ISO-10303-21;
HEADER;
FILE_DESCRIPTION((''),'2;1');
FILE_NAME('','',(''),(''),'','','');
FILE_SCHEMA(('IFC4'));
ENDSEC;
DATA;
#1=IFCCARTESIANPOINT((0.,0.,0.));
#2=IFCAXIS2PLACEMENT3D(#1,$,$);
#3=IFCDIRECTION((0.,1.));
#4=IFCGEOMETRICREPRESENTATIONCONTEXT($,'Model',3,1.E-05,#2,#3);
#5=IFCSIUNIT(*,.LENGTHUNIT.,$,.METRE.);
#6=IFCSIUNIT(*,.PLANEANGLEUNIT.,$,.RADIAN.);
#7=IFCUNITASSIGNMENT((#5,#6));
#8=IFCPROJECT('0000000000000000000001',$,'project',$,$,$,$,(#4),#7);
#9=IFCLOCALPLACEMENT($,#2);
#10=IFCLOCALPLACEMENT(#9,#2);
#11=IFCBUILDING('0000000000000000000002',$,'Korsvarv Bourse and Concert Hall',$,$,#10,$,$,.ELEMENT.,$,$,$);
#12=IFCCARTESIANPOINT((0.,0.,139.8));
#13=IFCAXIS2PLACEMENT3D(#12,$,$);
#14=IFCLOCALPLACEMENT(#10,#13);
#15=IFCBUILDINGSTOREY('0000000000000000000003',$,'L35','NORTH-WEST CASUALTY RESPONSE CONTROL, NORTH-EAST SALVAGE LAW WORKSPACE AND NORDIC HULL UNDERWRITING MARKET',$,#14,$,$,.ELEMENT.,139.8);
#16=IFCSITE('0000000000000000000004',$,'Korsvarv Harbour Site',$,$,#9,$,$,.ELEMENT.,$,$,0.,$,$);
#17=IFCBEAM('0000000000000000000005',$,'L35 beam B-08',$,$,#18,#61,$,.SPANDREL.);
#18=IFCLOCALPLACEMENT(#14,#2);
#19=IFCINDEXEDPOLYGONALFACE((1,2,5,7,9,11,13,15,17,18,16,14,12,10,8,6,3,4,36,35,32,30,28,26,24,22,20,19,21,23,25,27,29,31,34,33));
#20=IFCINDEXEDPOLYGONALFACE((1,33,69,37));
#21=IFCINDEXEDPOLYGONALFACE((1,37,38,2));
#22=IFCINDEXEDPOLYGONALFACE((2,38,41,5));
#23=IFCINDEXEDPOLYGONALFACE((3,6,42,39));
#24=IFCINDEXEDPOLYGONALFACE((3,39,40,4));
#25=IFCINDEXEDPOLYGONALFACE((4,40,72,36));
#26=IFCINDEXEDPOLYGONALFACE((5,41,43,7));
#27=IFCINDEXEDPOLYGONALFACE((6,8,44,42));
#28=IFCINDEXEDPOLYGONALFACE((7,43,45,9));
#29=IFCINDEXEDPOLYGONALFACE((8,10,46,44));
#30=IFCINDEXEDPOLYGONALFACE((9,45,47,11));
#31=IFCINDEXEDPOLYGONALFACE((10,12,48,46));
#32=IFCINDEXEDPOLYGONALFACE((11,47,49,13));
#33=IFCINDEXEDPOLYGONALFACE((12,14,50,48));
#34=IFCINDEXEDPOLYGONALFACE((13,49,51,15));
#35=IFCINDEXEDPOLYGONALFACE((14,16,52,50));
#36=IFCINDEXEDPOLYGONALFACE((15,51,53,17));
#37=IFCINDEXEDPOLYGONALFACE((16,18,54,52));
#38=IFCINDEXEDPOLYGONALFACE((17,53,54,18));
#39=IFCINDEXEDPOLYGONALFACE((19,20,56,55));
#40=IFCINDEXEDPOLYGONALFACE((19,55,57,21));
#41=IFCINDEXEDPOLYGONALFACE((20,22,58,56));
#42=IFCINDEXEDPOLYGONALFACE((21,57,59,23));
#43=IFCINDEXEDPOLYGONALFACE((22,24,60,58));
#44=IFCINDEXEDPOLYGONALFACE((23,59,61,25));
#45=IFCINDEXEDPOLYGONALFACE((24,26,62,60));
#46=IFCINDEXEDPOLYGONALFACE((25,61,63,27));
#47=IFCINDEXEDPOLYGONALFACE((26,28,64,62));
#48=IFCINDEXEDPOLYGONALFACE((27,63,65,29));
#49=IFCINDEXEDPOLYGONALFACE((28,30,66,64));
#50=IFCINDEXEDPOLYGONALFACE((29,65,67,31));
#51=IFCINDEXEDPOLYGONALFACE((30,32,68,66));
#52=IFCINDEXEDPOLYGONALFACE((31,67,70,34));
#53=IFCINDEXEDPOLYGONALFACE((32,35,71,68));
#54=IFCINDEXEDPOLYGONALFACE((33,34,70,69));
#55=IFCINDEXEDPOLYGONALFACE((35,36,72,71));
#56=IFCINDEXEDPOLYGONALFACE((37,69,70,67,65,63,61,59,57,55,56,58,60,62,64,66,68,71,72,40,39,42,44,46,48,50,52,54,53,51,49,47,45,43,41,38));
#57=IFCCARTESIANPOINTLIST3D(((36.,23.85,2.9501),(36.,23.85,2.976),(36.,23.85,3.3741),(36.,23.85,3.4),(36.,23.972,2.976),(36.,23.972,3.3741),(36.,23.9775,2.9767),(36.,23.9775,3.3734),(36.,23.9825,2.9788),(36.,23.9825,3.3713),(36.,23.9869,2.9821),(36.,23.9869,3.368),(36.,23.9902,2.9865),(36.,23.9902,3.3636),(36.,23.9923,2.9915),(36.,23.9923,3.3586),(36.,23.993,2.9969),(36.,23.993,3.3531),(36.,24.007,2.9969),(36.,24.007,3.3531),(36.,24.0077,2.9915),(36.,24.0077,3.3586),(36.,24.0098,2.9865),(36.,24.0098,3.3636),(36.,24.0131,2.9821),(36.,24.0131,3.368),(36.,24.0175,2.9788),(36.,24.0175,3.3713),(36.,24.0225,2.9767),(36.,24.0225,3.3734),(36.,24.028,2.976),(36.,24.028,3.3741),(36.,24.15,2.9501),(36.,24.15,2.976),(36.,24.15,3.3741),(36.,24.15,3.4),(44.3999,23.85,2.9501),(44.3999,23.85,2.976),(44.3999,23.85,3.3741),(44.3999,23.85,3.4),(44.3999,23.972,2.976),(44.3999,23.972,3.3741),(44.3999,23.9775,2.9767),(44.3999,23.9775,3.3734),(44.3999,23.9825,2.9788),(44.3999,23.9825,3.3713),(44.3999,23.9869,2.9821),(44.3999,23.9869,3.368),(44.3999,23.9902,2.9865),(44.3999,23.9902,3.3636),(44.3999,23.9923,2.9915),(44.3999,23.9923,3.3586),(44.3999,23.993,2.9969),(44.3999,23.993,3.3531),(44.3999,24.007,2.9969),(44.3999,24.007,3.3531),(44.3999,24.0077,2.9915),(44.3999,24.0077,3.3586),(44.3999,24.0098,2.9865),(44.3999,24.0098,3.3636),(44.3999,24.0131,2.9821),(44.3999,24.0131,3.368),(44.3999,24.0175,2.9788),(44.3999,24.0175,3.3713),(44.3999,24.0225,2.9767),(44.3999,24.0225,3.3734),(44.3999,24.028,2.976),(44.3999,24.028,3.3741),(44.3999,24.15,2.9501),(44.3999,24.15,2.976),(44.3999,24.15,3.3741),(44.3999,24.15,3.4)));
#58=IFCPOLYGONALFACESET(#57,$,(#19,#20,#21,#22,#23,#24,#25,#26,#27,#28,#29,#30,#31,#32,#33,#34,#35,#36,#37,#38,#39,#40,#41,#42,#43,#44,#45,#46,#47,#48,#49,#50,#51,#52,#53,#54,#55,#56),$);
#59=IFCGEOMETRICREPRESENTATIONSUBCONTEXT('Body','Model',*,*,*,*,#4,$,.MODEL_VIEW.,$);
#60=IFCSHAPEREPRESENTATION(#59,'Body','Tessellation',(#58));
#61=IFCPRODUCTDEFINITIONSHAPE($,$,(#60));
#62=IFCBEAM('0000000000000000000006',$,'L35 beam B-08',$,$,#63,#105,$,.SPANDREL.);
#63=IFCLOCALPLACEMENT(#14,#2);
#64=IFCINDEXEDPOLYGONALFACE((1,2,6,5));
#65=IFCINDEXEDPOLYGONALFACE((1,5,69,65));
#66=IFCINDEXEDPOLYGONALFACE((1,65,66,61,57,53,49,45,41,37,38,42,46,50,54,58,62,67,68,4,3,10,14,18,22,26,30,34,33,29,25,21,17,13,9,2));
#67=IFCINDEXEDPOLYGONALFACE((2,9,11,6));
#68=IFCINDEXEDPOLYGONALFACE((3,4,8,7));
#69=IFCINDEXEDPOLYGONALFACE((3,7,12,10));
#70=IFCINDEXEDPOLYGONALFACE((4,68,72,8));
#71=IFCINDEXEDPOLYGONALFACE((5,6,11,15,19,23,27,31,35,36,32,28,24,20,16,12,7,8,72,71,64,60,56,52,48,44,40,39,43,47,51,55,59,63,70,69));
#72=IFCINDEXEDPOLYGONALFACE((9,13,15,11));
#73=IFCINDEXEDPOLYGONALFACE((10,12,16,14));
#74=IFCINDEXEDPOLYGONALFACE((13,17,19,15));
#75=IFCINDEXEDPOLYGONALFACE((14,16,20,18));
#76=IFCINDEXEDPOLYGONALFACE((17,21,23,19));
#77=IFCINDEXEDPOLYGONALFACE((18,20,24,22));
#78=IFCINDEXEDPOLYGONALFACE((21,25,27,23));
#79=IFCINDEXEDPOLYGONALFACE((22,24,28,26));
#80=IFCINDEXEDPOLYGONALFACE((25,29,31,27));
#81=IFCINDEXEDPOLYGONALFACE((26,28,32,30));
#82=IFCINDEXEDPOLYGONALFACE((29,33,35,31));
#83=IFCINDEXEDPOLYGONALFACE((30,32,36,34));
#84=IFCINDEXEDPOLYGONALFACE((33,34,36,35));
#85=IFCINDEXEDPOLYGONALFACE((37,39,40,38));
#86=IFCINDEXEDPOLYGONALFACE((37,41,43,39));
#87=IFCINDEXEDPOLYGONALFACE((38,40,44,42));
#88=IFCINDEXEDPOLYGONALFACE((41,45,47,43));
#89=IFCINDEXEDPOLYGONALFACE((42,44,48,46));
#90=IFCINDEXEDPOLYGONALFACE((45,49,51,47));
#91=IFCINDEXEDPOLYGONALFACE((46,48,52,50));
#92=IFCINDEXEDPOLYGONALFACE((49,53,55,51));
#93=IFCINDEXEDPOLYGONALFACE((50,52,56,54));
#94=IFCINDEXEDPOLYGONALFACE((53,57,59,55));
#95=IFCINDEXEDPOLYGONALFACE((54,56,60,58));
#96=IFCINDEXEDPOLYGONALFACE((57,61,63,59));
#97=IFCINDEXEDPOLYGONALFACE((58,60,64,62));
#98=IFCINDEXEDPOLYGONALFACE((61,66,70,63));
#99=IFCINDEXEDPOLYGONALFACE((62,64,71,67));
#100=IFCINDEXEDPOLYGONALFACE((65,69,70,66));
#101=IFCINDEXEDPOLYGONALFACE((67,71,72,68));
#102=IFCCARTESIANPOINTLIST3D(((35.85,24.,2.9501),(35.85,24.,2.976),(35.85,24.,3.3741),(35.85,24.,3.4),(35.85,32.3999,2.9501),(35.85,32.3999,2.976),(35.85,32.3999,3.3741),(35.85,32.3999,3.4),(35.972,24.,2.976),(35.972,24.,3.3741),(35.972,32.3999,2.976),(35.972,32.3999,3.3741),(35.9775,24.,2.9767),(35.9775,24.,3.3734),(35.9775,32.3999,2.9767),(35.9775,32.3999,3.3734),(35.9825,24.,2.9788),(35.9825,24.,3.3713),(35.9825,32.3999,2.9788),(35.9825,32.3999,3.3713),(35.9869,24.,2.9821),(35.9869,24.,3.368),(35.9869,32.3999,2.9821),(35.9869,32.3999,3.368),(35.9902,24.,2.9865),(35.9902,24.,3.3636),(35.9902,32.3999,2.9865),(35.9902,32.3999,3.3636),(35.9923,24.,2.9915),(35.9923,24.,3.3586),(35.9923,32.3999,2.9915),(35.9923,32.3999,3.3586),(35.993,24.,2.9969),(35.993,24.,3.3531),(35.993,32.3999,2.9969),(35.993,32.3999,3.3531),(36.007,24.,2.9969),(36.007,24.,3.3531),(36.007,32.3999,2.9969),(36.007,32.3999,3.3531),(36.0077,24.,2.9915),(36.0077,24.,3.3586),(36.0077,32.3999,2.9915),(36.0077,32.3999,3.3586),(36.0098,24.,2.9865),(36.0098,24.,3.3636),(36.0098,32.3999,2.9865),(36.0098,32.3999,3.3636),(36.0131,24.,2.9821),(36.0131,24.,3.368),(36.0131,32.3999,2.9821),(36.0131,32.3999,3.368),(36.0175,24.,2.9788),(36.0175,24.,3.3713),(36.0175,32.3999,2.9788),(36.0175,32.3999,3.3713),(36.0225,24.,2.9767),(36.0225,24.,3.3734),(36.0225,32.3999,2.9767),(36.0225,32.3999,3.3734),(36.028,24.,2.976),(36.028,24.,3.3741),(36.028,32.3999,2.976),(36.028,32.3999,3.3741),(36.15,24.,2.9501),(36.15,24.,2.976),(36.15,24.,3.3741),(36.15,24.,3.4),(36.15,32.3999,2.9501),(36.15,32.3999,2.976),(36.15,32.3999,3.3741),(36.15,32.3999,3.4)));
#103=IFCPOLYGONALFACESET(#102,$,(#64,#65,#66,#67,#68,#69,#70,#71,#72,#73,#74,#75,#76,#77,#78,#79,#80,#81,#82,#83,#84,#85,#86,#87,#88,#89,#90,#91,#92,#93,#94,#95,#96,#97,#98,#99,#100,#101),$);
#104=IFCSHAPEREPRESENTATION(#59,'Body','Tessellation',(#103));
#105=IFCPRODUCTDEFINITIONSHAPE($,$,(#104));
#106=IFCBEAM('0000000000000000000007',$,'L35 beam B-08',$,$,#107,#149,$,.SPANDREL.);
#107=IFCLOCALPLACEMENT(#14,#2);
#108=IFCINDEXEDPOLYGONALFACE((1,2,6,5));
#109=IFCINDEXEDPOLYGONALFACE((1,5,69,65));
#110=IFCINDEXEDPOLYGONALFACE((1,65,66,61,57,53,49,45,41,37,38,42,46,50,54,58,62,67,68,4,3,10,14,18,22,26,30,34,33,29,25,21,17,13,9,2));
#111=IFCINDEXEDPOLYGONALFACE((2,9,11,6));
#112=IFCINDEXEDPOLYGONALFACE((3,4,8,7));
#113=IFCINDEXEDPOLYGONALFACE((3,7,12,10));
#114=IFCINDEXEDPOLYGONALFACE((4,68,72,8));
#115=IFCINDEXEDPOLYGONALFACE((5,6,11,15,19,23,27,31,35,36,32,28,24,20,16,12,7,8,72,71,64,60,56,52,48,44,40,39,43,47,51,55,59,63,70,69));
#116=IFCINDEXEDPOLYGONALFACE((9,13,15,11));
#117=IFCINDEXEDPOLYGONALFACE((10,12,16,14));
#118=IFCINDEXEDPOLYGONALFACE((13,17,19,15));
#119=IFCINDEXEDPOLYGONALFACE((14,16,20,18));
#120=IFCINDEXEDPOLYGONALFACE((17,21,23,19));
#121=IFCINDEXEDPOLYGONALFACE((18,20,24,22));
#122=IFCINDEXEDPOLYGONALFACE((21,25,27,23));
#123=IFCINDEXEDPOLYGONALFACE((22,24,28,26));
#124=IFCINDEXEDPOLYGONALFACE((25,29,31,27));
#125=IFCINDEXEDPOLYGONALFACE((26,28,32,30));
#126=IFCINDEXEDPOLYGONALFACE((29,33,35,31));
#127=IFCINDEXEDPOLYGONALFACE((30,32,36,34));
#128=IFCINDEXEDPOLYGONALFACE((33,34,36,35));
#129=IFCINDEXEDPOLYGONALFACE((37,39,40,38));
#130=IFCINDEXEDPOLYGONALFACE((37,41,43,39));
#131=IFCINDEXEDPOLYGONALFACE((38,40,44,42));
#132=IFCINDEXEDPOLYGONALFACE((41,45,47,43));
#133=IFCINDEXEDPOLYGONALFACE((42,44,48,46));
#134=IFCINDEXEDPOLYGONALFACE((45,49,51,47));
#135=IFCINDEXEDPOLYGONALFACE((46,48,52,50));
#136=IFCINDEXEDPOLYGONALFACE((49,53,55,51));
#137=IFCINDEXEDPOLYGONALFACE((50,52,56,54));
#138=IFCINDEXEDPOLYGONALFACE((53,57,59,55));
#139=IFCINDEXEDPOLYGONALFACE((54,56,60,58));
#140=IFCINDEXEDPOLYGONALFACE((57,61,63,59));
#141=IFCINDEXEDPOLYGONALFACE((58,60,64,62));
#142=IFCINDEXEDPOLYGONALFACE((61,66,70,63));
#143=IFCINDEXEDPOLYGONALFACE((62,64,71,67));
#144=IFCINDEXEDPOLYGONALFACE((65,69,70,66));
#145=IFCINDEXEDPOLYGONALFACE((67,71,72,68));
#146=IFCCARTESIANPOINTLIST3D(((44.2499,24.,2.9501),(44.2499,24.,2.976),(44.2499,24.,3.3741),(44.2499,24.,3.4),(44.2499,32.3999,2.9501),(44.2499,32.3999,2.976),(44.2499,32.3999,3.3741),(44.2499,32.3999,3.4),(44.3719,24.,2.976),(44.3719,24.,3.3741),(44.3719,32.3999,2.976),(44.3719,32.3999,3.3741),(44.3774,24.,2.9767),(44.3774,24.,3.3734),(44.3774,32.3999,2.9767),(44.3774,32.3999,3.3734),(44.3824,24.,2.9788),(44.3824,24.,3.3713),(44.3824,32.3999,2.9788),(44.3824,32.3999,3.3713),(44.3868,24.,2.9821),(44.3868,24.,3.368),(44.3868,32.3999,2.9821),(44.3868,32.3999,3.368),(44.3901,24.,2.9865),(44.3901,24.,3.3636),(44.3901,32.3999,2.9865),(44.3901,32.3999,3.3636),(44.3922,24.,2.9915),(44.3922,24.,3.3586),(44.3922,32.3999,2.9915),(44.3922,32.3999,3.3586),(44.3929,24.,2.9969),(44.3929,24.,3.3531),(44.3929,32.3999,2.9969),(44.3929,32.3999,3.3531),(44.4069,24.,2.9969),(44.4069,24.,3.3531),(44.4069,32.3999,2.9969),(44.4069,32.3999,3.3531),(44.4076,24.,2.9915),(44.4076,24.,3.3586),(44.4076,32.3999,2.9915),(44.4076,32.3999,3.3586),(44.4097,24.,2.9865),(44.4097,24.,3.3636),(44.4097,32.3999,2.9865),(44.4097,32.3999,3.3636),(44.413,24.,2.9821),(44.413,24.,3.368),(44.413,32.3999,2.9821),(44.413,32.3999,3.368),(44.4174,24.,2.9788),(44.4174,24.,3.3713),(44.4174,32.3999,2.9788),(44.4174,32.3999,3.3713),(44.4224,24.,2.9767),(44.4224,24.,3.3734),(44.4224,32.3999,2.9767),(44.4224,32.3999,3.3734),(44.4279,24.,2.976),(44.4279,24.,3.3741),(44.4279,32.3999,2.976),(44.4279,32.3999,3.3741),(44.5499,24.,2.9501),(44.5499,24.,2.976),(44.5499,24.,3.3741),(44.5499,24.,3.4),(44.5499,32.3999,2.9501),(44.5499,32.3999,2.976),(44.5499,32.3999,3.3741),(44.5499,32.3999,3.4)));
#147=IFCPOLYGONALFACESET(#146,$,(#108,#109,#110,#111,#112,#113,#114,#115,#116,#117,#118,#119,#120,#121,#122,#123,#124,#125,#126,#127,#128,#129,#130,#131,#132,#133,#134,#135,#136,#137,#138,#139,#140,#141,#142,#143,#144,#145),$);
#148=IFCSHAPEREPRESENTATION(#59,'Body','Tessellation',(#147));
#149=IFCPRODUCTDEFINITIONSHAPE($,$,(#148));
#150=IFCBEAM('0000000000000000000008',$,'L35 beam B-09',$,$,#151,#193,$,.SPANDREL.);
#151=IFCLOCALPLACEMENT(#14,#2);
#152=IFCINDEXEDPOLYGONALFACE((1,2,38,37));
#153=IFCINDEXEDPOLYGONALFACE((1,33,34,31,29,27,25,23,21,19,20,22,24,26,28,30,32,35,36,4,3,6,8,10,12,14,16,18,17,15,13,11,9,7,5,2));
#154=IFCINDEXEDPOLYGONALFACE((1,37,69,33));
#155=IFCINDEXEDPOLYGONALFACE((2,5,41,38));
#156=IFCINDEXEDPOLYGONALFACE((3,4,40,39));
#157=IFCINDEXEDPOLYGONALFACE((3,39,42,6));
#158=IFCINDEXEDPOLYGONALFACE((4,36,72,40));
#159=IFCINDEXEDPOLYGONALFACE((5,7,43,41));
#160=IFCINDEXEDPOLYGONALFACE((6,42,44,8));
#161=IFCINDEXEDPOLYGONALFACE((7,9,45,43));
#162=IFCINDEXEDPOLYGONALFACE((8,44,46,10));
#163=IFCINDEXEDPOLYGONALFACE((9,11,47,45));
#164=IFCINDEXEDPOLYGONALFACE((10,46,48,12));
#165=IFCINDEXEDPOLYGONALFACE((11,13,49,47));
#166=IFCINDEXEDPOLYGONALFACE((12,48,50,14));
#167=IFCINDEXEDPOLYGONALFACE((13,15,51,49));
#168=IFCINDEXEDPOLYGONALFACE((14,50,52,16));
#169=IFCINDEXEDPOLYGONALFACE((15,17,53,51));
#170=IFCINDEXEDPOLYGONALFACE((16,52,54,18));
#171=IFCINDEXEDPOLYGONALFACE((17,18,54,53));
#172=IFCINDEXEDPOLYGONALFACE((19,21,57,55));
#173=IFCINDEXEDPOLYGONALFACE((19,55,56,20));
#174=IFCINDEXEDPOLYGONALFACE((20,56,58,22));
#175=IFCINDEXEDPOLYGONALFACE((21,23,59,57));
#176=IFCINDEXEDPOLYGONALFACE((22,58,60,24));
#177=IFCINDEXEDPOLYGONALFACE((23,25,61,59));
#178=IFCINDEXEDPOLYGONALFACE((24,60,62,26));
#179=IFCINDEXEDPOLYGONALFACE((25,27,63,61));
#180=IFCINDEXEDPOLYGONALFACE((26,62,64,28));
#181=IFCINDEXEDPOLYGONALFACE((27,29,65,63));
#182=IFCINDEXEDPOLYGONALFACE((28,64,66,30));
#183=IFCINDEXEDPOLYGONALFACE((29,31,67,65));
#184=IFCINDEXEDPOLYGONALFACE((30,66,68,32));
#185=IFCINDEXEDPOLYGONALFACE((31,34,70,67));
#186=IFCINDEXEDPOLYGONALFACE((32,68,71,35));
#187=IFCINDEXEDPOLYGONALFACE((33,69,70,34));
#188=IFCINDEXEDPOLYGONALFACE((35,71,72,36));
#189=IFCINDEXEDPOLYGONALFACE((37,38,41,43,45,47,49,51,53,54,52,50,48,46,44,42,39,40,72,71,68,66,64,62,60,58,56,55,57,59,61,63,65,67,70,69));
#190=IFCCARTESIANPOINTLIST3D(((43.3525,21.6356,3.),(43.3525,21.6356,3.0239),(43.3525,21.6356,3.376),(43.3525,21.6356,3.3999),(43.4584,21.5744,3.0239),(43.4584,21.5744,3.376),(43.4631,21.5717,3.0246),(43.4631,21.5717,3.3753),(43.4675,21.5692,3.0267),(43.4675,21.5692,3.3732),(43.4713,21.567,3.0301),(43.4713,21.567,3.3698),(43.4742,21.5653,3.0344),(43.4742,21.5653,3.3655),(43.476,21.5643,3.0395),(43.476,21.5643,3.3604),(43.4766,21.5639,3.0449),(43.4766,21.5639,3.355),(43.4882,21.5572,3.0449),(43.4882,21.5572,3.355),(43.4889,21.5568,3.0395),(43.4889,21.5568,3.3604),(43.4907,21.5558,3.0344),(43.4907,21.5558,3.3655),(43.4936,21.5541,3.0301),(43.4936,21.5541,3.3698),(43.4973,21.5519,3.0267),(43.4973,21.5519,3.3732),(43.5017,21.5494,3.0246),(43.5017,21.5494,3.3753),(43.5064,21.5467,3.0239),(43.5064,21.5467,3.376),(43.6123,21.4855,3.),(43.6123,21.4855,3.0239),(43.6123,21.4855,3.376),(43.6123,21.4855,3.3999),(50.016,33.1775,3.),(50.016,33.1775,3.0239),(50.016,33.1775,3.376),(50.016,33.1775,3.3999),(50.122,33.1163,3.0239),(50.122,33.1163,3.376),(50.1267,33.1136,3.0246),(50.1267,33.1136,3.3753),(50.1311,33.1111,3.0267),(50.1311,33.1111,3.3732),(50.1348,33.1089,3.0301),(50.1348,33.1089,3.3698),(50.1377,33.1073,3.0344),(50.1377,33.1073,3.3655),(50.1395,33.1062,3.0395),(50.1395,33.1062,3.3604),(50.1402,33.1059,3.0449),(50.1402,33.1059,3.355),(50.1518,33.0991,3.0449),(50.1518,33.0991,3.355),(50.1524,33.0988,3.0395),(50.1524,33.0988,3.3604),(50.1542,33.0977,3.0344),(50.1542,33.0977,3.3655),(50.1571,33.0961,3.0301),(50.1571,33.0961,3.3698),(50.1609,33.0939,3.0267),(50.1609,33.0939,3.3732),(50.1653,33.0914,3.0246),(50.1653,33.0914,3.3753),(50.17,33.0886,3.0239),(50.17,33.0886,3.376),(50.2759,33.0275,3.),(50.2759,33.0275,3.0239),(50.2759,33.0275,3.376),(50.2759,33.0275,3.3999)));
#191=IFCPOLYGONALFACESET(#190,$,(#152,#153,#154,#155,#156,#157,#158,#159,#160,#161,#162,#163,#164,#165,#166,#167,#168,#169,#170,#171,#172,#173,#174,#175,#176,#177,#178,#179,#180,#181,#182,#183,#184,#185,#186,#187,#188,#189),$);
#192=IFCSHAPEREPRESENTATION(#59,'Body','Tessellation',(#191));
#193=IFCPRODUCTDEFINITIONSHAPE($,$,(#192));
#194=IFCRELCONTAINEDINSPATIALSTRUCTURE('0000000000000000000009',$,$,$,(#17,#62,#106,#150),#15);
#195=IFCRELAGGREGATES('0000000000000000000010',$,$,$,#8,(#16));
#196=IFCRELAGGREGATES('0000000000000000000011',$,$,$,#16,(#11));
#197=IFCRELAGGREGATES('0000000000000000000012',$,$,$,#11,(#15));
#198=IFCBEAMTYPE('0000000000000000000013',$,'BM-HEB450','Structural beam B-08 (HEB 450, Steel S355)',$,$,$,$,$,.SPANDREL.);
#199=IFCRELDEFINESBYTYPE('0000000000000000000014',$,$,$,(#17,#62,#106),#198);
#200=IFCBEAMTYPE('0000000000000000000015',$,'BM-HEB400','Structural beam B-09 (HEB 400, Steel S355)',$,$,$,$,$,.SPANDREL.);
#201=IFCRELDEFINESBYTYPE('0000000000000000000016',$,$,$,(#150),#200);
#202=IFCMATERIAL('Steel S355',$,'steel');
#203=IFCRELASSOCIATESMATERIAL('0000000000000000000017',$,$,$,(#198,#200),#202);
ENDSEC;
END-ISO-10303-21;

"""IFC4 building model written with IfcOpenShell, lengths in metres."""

from ifc_helpers import new_model, si_unit, direction, frame, origin, origin_2d, place, context, subcontext, project, spatial, i_section, extrude, source, transform, mapped, material, material_profile, profile_set, type_object, element, save


model = new_model("IFC4")

# Units and contexts
model_context = context("Model", 3, precision=1e-05, world=origin(), true_north=direction((0.0, 1.0)))
body_context = subcontext(model_context, "Body", "Model", "MODEL_VIEW")
ifc_project = project(units=[si_unit("LENGTHUNIT", "METRE"), si_unit("PLANEANGLEUNIT", "RADIAN")], contexts=[model_context])

# Site, building, storey
site_placement = place(None, origin())
site = spatial("IfcSite", under=ifc_project, at=site_placement, Name="Korsvarv Harbour Site", CompositionType="ELEMENT", RefElevation=0.0)
building_placement = place(site_placement, origin())
building = spatial("IfcBuilding", under=site, at=building_placement, Name="Korsvarv Bourse and Concert Hall", CompositionType="ELEMENT")
storey_placement = place(building_placement, frame((0.0, 0.0, 139.8)))
storey = spatial("IfcBuildingStorey", under=building, at=storey_placement, Name="L35", Description="NORTH-WEST CASUALTY RESPONSE CONTROL, NORTH-EAST SALVAGE LAW WORKSPACE AND NORDIC HULL UNDERWRITING MARKET", CompositionType="ELEMENT", Elevation=139.8)

# Shared definitions
ifc_material_1 = material(Name="Steel S355", Category="steel")

# Beams
ifc_material_profile_1 = material_profile(ifc_material_1, i_section(OverallWidth=0.3, OverallDepth=0.45, WebThickness=0.0139, FlangeThickness=0.0259, FilletRadius=0.021, at=origin_2d()), Name="HEB 450")
ifc_profile_set_1 = profile_set([ifc_material_profile_1], Name="Steel S355")
beam_type_1 = type_object("IfcBeamType", Name="BM-HEB450", Description="Structural beam B-08 (HEB 450, Steel S355)", PredefinedType="SPANDREL", material=ifc_profile_set_1)
shared_shape_1 = source(origin(), body_context, "Body", "SweptSolid", [
    extrude(i_section(OverallWidth=0.3, OverallDepth=0.45, WebThickness=0.0139, FlangeThickness=0.0259, FilletRadius=0.021, at=origin_2d()), origin(), (0.0, 0.0, 1.0), 8.3999),
])
for number, where, z_axis, x_axis, name in (
    (1, (36.0, 24.0, 3.175), (1.0, 0.0, 0.0), (0.0, 1.0, 0.0), "L35 beam B-08"),
    (2, (36.0, 24.0, 3.175), (0.0, 1.0, 0.0), (-1.0, 0.0, 0.0), "L35 beam B-08"),
    (3, (44.3999, 24.0, 3.175), (0.0, 1.0, 0.0), (-1.0, 0.0, 0.0), "L35 beam B-08"),
):
    element("IfcBeam", number, at=place(storey_placement, frame(where, z_axis=z_axis, x_axis=x_axis)), inside=storey, type_object=beam_type_1, Name=name, PredefinedType="SPANDREL", context=body_context, shape_type="MappedRepresentation", body=[
        mapped(shared_shape_1, transform((0.0, 0.0, 0.0), scale=1.0)),
    ])
ifc_material_profile_2 = material_profile(ifc_material_1, i_section(OverallWidth=0.3, OverallDepth=0.3999, WebThickness=0.0134, FlangeThickness=0.0239, FilletRadius=0.021, at=origin_2d()), Name="HEB 400")
ifc_profile_set_2 = profile_set([ifc_material_profile_2], Name="Steel S355")
beam_type_2 = type_object("IfcBeamType", Name="BM-HEB400", Description="Structural beam B-09 (HEB 400, Steel S355)", PredefinedType="SPANDREL", material=ifc_profile_set_2)
shared_shape_2 = source(origin(), body_context, "Body", "SweptSolid", [
    extrude(i_section(OverallWidth=0.3, OverallDepth=0.3999, WebThickness=0.0134, FlangeThickness=0.0239, FilletRadius=0.021, at=origin_2d()), origin(), (0.0, 0.0, 1.0), 13.3274),
])
beam_1_placement = place(storey_placement, frame((43.4824, 21.5605, 3.2), z_axis=(0.499989, 0.866032, 0.0), x_axis=(-0.866032, 0.499989, 0.0)))
element("IfcBeam", 4, at=beam_1_placement, inside=storey, type_object=beam_type_2, Name="L35 beam B-09", PredefinedType="SPANDREL", context=body_context, shape_type="MappedRepresentation", body=[
    mapped(shared_shape_2, transform((0.0, 0.0, 0.0), scale=1.0)),
])

save(model, "model.ifc")
